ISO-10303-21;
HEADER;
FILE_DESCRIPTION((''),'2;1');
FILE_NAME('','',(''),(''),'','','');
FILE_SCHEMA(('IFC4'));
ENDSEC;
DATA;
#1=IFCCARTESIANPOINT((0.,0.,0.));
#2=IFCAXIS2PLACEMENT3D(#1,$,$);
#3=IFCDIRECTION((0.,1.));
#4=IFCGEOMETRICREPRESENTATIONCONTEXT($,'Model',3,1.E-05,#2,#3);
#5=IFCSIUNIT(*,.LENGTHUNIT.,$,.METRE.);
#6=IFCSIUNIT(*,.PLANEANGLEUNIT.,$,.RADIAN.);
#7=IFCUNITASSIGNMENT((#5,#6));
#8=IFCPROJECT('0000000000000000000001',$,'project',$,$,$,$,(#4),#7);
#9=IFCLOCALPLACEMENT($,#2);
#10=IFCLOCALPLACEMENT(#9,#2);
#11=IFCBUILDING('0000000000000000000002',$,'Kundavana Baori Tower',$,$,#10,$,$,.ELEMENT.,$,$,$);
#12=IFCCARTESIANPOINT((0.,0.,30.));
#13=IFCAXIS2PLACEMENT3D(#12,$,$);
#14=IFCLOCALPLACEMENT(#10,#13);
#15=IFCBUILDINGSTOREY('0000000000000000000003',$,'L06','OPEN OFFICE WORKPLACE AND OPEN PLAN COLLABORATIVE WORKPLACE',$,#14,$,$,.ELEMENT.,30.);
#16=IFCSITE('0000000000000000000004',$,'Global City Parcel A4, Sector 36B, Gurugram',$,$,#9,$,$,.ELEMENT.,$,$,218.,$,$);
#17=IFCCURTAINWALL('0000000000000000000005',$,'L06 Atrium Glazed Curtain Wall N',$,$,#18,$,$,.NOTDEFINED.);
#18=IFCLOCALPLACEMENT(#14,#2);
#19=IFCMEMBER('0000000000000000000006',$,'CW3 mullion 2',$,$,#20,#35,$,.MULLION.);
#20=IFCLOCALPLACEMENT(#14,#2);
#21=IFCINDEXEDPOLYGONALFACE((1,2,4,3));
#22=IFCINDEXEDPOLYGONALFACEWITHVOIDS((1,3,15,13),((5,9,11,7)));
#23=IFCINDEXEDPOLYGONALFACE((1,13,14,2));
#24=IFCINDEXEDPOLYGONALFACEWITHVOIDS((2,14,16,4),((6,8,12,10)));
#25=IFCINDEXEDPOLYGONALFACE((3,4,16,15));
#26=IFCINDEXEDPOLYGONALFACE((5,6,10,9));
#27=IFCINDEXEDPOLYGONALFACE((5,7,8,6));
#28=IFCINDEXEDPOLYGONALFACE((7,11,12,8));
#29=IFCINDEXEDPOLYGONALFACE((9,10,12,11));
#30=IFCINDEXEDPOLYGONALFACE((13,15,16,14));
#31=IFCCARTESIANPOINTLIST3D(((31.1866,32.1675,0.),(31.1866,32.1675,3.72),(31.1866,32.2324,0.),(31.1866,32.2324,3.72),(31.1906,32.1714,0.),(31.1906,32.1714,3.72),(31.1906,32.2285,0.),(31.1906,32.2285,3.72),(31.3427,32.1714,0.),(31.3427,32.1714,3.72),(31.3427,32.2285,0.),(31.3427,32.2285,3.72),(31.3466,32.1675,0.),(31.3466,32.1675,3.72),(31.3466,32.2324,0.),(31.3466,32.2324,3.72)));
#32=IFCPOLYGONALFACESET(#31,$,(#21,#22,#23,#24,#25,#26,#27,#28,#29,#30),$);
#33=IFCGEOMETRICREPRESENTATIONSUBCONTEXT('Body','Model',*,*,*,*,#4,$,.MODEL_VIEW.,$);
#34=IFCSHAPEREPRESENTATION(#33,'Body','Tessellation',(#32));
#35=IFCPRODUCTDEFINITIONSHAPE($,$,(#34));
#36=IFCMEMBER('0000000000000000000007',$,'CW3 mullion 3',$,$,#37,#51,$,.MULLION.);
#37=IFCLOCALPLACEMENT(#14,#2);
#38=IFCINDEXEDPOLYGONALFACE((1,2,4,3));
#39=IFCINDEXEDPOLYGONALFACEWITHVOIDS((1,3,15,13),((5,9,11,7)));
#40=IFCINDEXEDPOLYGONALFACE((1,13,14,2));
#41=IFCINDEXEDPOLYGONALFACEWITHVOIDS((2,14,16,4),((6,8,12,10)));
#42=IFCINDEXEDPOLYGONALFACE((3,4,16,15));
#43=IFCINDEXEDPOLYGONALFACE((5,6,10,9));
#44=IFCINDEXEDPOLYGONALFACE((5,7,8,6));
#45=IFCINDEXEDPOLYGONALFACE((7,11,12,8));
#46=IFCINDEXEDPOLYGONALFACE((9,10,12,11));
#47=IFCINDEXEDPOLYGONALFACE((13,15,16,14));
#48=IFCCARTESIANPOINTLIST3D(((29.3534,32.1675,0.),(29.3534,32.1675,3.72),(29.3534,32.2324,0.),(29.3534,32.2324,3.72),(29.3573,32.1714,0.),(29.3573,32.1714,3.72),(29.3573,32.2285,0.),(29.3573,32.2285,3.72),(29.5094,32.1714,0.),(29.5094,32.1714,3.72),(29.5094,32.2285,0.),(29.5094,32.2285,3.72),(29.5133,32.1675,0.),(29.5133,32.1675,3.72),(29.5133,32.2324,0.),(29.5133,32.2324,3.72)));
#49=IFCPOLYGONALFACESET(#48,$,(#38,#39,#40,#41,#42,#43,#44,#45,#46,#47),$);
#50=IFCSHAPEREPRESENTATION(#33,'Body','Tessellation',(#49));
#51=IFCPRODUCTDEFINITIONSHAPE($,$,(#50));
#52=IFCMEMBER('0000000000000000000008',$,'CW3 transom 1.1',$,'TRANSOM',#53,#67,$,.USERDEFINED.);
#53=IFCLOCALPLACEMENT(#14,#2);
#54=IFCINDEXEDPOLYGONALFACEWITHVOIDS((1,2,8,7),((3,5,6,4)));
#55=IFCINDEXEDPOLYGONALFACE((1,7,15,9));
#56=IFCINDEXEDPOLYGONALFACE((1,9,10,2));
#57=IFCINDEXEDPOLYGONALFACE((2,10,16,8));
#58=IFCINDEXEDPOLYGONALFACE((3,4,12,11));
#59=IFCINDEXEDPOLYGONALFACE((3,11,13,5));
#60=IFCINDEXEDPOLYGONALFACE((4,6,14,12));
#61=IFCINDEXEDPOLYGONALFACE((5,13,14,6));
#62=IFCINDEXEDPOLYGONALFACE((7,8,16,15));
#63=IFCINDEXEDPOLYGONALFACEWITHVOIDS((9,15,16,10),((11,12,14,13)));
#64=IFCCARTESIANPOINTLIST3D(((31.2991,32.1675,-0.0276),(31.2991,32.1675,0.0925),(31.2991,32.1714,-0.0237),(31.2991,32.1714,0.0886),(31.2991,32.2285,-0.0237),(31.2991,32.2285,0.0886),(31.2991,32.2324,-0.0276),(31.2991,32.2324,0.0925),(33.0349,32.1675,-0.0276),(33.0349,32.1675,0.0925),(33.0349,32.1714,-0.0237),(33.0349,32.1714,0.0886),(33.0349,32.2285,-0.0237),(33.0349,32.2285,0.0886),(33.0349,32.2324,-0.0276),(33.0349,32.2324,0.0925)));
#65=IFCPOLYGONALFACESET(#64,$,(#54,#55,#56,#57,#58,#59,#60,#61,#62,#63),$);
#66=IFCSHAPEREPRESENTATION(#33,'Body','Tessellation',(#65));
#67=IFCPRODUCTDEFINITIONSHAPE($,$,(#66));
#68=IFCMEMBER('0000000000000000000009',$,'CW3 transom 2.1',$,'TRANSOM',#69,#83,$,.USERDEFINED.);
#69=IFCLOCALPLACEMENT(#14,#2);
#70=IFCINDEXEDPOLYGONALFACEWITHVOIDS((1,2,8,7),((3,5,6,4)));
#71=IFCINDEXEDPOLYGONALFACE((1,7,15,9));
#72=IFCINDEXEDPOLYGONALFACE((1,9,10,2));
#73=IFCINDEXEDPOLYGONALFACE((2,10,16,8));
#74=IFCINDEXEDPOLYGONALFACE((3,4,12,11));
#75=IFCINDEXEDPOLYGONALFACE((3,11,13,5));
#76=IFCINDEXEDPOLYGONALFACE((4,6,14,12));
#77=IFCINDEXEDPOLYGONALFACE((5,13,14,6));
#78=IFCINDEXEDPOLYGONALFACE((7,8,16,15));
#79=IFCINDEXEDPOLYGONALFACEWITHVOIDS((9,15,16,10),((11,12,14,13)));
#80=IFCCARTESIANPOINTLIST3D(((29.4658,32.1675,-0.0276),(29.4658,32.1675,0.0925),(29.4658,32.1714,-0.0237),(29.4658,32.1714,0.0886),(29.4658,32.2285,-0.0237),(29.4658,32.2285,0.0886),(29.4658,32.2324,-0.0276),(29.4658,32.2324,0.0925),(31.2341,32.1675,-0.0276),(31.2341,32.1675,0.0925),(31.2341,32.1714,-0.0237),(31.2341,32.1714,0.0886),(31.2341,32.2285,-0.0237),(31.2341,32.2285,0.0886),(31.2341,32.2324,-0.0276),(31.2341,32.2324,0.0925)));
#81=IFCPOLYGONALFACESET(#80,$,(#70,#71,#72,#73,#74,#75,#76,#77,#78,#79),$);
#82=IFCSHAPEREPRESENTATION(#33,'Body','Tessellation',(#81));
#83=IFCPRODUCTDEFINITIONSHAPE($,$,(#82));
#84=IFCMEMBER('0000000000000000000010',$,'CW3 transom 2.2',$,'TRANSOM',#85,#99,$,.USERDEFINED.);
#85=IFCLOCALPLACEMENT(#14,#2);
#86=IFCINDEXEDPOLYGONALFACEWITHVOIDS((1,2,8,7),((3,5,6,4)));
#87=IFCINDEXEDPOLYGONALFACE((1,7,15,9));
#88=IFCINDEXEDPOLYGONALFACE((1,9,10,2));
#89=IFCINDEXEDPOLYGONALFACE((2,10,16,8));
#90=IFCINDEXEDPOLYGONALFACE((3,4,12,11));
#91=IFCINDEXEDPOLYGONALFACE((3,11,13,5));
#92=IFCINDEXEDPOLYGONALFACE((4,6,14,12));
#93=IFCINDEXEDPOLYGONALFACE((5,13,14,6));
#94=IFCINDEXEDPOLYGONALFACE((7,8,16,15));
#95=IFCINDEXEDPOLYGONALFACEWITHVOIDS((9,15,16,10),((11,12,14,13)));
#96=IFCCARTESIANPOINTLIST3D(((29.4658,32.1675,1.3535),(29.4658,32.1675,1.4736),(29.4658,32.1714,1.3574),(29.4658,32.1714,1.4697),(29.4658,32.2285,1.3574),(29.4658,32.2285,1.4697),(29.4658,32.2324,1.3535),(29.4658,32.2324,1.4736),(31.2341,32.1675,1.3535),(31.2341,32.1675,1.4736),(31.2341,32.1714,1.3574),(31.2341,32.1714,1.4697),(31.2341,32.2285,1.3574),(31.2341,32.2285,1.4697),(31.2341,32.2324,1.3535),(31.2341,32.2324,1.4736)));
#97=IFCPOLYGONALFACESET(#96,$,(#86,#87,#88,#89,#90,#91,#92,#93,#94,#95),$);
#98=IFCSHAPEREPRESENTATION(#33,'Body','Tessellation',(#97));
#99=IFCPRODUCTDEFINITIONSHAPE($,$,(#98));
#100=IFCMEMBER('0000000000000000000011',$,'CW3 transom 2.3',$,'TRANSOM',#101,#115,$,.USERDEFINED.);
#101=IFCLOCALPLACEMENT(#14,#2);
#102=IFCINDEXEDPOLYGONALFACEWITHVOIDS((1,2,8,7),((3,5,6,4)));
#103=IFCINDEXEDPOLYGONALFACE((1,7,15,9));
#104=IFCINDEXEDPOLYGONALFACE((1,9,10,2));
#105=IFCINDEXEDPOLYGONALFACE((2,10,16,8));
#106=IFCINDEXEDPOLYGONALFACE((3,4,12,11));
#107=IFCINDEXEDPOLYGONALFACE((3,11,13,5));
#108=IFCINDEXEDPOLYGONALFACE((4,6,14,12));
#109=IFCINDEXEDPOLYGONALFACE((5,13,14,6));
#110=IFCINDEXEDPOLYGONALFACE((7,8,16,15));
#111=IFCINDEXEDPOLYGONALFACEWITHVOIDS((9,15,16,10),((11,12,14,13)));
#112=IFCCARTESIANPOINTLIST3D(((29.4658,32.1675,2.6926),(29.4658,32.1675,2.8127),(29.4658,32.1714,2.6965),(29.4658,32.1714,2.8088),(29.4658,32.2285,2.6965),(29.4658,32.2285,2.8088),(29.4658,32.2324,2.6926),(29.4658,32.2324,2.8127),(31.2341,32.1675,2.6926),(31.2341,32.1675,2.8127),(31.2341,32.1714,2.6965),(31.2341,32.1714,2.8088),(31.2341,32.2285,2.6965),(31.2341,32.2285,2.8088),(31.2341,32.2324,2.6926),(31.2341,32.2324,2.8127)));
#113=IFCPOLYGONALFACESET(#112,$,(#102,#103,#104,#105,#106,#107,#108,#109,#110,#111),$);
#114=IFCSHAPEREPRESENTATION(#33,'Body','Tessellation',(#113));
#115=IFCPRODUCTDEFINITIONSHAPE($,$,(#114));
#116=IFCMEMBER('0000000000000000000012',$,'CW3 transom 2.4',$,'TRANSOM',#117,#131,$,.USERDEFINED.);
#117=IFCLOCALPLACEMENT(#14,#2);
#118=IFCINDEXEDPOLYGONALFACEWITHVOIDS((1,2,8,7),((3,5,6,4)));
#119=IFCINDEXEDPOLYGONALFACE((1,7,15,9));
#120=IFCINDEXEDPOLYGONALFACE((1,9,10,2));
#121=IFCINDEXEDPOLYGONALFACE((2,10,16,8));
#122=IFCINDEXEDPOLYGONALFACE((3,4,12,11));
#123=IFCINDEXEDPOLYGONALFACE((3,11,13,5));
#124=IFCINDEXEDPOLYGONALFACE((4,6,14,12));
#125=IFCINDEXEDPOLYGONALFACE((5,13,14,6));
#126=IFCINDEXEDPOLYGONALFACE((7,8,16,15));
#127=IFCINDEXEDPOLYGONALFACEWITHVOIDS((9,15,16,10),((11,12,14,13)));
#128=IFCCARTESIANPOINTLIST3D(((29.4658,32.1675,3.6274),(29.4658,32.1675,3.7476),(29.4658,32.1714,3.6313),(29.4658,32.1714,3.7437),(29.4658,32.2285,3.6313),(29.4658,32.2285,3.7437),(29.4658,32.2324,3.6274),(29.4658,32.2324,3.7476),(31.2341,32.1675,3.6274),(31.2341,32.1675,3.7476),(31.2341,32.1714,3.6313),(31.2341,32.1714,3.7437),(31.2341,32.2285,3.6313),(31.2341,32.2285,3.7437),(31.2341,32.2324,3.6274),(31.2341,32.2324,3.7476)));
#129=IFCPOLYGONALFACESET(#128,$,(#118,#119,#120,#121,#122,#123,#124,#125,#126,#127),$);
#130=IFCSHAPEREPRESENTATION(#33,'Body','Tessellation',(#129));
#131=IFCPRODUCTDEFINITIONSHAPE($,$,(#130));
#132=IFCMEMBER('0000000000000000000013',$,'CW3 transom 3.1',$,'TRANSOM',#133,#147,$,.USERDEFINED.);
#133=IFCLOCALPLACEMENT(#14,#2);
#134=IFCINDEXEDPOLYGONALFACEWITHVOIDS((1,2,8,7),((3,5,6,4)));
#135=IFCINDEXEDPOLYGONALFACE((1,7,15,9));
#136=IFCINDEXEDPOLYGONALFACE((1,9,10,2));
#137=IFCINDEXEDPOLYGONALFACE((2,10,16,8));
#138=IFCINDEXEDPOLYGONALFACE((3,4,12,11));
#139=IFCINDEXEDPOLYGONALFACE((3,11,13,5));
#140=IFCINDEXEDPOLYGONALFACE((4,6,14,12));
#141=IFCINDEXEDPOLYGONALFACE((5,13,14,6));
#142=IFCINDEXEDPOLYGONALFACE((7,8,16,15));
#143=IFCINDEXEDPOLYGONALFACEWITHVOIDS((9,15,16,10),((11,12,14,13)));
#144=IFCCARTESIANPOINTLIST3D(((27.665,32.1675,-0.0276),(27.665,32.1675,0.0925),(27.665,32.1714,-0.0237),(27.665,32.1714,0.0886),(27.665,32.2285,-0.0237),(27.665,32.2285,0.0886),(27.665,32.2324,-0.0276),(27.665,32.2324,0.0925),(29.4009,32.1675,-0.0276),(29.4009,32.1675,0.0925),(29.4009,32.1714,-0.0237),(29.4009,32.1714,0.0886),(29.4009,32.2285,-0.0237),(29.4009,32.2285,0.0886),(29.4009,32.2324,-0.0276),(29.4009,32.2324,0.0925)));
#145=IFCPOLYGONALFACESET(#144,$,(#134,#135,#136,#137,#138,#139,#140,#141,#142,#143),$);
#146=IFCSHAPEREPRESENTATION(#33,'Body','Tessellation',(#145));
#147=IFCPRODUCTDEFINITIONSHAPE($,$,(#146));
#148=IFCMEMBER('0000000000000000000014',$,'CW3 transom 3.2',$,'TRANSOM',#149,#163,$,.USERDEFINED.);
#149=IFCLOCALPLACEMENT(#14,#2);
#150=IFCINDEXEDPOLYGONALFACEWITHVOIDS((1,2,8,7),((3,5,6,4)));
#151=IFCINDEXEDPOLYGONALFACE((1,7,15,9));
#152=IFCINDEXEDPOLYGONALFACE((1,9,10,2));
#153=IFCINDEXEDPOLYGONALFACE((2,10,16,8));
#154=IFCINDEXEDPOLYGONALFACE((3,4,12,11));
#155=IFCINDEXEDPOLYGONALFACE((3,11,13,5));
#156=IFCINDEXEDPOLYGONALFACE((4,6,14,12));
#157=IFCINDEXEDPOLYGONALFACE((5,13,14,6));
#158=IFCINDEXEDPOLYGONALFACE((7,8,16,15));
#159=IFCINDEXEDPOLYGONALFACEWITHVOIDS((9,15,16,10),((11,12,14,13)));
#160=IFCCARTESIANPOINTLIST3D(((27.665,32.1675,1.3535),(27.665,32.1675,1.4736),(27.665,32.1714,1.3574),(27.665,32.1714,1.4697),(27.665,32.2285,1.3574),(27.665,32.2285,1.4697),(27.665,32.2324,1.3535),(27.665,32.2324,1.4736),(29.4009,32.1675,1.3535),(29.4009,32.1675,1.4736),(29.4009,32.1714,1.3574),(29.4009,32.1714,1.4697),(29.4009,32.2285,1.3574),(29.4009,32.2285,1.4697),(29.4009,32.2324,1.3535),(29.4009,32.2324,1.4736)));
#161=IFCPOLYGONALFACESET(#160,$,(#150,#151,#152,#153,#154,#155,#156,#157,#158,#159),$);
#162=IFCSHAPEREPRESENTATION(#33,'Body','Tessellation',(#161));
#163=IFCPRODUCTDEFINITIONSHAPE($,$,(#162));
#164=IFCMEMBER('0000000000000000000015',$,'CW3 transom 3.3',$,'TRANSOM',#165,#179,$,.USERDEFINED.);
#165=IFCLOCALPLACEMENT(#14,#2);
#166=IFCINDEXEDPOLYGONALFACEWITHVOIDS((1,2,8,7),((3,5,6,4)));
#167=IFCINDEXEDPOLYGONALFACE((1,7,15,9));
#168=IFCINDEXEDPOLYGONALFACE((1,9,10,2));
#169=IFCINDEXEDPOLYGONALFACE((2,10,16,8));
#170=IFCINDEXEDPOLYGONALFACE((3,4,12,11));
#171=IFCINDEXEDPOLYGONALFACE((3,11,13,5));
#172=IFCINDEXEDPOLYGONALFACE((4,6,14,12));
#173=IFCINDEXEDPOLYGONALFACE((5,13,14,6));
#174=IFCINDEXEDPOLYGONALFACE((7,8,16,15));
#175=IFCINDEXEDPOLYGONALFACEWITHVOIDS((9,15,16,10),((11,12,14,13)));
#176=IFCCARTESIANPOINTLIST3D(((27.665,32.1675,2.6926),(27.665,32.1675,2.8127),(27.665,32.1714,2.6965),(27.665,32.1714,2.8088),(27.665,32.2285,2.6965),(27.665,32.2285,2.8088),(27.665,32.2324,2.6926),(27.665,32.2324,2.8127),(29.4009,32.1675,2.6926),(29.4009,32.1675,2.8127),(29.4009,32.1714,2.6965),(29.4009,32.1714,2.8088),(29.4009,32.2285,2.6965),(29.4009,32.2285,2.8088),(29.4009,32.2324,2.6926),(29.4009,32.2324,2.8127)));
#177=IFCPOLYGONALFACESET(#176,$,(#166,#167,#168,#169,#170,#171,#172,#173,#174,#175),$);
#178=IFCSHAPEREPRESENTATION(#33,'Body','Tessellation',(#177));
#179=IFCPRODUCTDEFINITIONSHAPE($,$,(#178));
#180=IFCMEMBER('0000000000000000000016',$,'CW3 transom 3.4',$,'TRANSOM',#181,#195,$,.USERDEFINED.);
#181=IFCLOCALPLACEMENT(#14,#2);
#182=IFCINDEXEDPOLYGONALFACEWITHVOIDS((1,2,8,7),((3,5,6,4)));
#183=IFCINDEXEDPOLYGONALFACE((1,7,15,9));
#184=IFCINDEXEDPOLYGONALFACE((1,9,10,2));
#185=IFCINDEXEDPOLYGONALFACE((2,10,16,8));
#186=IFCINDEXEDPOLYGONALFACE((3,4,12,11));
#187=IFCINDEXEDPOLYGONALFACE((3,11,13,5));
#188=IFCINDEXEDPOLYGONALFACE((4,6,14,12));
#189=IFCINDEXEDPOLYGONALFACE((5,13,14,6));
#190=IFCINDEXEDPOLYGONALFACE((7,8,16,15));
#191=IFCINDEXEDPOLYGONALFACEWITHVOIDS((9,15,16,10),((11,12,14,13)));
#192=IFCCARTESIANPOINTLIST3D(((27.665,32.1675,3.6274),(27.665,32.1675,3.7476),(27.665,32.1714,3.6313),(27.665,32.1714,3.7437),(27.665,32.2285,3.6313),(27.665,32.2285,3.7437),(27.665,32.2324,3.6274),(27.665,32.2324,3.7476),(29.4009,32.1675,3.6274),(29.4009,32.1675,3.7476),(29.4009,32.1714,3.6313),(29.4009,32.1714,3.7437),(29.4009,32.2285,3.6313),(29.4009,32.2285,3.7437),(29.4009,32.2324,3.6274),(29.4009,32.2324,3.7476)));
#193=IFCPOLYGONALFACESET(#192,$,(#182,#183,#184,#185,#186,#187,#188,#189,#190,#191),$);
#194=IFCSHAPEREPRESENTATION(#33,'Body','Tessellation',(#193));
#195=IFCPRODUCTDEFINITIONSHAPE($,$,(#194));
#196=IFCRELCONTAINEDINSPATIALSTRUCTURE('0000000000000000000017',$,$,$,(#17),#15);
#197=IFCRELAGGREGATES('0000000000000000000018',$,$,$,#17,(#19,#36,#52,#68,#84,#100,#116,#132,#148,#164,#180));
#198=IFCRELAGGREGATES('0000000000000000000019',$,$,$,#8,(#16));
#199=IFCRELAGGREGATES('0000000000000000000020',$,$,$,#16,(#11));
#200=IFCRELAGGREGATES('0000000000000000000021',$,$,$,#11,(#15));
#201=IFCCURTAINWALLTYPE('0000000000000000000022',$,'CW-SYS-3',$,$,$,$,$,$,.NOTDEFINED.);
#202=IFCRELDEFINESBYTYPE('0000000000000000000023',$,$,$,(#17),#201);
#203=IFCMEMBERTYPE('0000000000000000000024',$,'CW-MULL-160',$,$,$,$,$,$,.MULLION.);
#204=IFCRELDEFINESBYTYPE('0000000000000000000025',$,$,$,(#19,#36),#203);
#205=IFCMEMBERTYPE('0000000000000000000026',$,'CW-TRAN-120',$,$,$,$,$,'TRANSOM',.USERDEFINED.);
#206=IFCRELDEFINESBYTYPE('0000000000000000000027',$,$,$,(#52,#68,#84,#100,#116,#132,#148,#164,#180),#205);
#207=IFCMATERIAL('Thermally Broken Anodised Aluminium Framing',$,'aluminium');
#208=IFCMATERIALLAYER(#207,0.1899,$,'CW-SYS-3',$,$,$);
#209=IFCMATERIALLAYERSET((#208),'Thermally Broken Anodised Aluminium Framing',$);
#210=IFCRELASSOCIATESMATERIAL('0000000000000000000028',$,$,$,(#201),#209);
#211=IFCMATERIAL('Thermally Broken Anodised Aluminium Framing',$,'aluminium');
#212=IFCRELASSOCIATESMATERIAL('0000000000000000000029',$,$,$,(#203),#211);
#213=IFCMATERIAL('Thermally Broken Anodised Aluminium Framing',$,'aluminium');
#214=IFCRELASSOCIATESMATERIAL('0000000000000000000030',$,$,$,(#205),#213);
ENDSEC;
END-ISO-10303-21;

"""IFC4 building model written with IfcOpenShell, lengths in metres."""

from ifc_helpers import new_model, si_unit, direction, frame, origin, origin_2d, place, context, subcontext, project, spatial, hollow_rectangle, extrude, material, layer, layer_set, material_profile, profile_set, type_object, element, aggregate, save


model = new_model("IFC4")

# Units and contexts
model_context = context("Model", 3, precision=1e-05, world=origin(), true_north=direction((0.0, 1.0)))
body_context = subcontext(model_context, "Body", "Model", "MODEL_VIEW")
ifc_project = project(units=[si_unit("LENGTHUNIT", "METRE"), si_unit("PLANEANGLEUNIT", "RADIAN")], contexts=[model_context])

# Site, building, storey
site_placement = place(None, origin())
site = spatial("IfcSite", under=ifc_project, at=site_placement, Name="Global City Parcel A4, Sector 36B, Gurugram", CompositionType="ELEMENT", RefElevation=218.0)
building_placement = place(site_placement, origin())
building = spatial("IfcBuilding", under=site, at=building_placement, Name="Kundavana Baori Tower", CompositionType="ELEMENT")
storey_placement = place(building_placement, frame((0.0, 0.0, 30.0)))
storey = spatial("IfcBuildingStorey", under=building, at=storey_placement, Name="L06", Description="OPEN OFFICE WORKPLACE AND OPEN PLAN COLLABORATIVE WORKPLACE", CompositionType="ELEMENT", Elevation=30.0)

# Curtain wall, members
ifc_material_1 = material(Name="Thermally Broken Anodised Aluminium Framing", Category="aluminium")
ifc_layer_1 = layer(ifc_material_1, 0.1899, Name="CW-SYS-3")
ifc_layer_set_1 = layer_set([ifc_layer_1], Name="Thermally Broken Anodised Aluminium Framing")
curtain_wall_type = type_object("IfcCurtainWallType", Name="CW-SYS-3", PredefinedType="NOTDEFINED", material=ifc_layer_set_1)
curtain_wall_placement = place(storey_placement, origin())
curtain_wall = element("IfcCurtainWall", 1, at=curtain_wall_placement, inside=storey, type_object=curtain_wall_type, Name="L06 Atrium Glazed Curtain Wall N", PredefinedType="NOTDEFINED")
ifc_material_2 = material(Name="Thermally Broken Anodised Aluminium Framing", Category="aluminium")
ifc_material_profile_1 = material_profile(ifc_material_2, hollow_rectangle(XDim=0.0649, YDim=0.1599, WallThickness=0.0039, at=origin_2d()), Name="CW-MULL-160")
ifc_profile_set_1 = profile_set([ifc_material_profile_1], Name="Thermally Broken Anodised Aluminium Framing")
member_type_1 = type_object("IfcMemberType", Name="CW-MULL-160", PredefinedType="MULLION", material=ifc_profile_set_1)
member_1_placement = place(storey_placement, frame((31.2666, 32.2, 0.0), z_axis=(0.0, 0.0, 1.0), x_axis=(0.0, -1.0, 0.0)))
member_1 = element("IfcMember", 2, at=member_1_placement, type_object=member_type_1, Name="CW3 mullion 2", PredefinedType="MULLION", context=body_context, shape_type="SweptSolid", body=[
    extrude(hollow_rectangle(XDim=0.0649, YDim=0.1599, WallThickness=0.0039, at=origin_2d()), origin(), (0.0, 0.0, 1.0), 3.72),
])
member_2_placement = place(storey_placement, frame((29.4333, 32.2, 0.0), z_axis=(0.0, 0.0, 1.0), x_axis=(0.0, -1.0, 0.0)))
member_2 = element("IfcMember", 3, at=member_2_placement, type_object=member_type_1, Name="CW3 mullion 3", PredefinedType="MULLION", context=body_context, shape_type="SweptSolid", body=[
    extrude(hollow_rectangle(XDim=0.0649, YDim=0.1599, WallThickness=0.0039, at=origin_2d()), origin(), (0.0, 0.0, 1.0), 3.72),
])
ifc_material_3 = material(Name="Thermally Broken Anodised Aluminium Framing", Category="aluminium")
ifc_material_profile_2 = material_profile(ifc_material_3, hollow_rectangle(XDim=0.0649, YDim=0.1201, WallThickness=0.0039, at=origin_2d()), Name="CW-TRAN-120")
ifc_profile_set_2 = profile_set([ifc_material_profile_2], Name="Thermally Broken Anodised Aluminium Framing")
member_type_2 = type_object("IfcMemberType", Name="CW-TRAN-120", ElementType="TRANSOM", PredefinedType="USERDEFINED", material=ifc_profile_set_2)
member_3_placement = place(storey_placement, frame((33.0349, 32.2, 0.0325), z_axis=(-1.0, 0.0, 0.0), x_axis=(0.0, -1.0, 0.0)))
member_3 = element("IfcMember", 4, at=member_3_placement, type_object=member_type_2, Name="CW3 transom 1.1", ObjectType="TRANSOM", PredefinedType="USERDEFINED", context=body_context, shape_type="SweptSolid", body=[
    extrude(hollow_rectangle(XDim=0.0649, YDim=0.1201, WallThickness=0.0039, at=origin_2d()), origin(), (0.0, 0.0, 1.0), 1.7358),
])
member_4_placement = place(storey_placement, frame((31.2341, 32.2, 0.0325), z_axis=(-1.0, 0.0, 0.0), x_axis=(0.0, -1.0, 0.0)))
member_4 = element("IfcMember", 5, at=member_4_placement, type_object=member_type_2, Name="CW3 transom 2.1", ObjectType="TRANSOM", PredefinedType="USERDEFINED", context=body_context, shape_type="SweptSolid", body=[
    extrude(hollow_rectangle(XDim=0.0649, YDim=0.1201, WallThickness=0.0039, at=origin_2d()), origin(), (0.0, 0.0, 1.0), 1.7683),
])
member_5_placement = place(storey_placement, frame((31.2341, 32.2, 1.4136), z_axis=(-1.0, 0.0, 0.0), x_axis=(0.0, -1.0, 0.0)))
member_5 = element("IfcMember", 6, at=member_5_placement, type_object=member_type_2, Name="CW3 transom 2.2", ObjectType="TRANSOM", PredefinedType="USERDEFINED", context=body_context, shape_type="SweptSolid", body=[
    extrude(hollow_rectangle(XDim=0.0649, YDim=0.1201, WallThickness=0.0039, at=origin_2d()), origin(), (0.0, 0.0, 1.0), 1.7683),
])
member_6_placement = place(storey_placement, frame((31.2341, 32.2, 2.7527), z_axis=(-1.0, 0.0, 0.0), x_axis=(0.0, -1.0, 0.0)))
member_6 = element("IfcMember", 7, at=member_6_placement, type_object=member_type_2, Name="CW3 transom 2.3", ObjectType="TRANSOM", PredefinedType="USERDEFINED", context=body_context, shape_type="SweptSolid", body=[
    extrude(hollow_rectangle(XDim=0.0649, YDim=0.1201, WallThickness=0.0039, at=origin_2d()), origin(), (0.0, 0.0, 1.0), 1.7683),
])
member_7_placement = place(storey_placement, frame((31.2341, 32.2, 3.6875), z_axis=(-1.0, 0.0, 0.0), x_axis=(0.0, -1.0, 0.0)))
member_7 = element("IfcMember", 8, at=member_7_placement, type_object=member_type_2, Name="CW3 transom 2.4", ObjectType="TRANSOM", PredefinedType="USERDEFINED", context=body_context, shape_type="SweptSolid", body=[
    extrude(hollow_rectangle(XDim=0.0649, YDim=0.1201, WallThickness=0.0039, at=origin_2d()), origin(), (0.0, 0.0, 1.0), 1.7683),
])
member_8_placement = place(storey_placement, frame((29.4009, 32.2, 0.0325), z_axis=(-1.0, 0.0, 0.0), x_axis=(0.0, -1.0, 0.0)))
member_8 = element("IfcMember", 9, at=member_8_placement, type_object=member_type_2, Name="CW3 transom 3.1", ObjectType="TRANSOM", PredefinedType="USERDEFINED", context=body_context, shape_type="SweptSolid", body=[
    extrude(hollow_rectangle(XDim=0.0649, YDim=0.1201, WallThickness=0.0039, at=origin_2d()), origin(), (0.0, 0.0, 1.0), 1.7358),
])
member_9_placement = place(storey_placement, frame((29.4009, 32.2, 1.4136), z_axis=(-1.0, 0.0, 0.0), x_axis=(0.0, -1.0, 0.0)))
member_9 = element("IfcMember", 10, at=member_9_placement, type_object=member_type_2, Name="CW3 transom 3.2", ObjectType="TRANSOM", PredefinedType="USERDEFINED", context=body_context, shape_type="SweptSolid", body=[
    extrude(hollow_rectangle(XDim=0.0649, YDim=0.1201, WallThickness=0.0039, at=origin_2d()), origin(), (0.0, 0.0, 1.0), 1.7358),
])
member_10_placement = place(storey_placement, frame((29.4009, 32.2, 2.7527), z_axis=(-1.0, 0.0, 0.0), x_axis=(0.0, -1.0, 0.0)))
member_10 = element("IfcMember", 11, at=member_10_placement, type_object=member_type_2, Name="CW3 transom 3.3", ObjectType="TRANSOM", PredefinedType="USERDEFINED", context=body_context, shape_type="SweptSolid", body=[
    extrude(hollow_rectangle(XDim=0.0649, YDim=0.1201, WallThickness=0.0039, at=origin_2d()), origin(), (0.0, 0.0, 1.0), 1.7358),
])
member_11_placement = place(storey_placement, frame((29.4009, 32.2, 3.6875), z_axis=(-1.0, 0.0, 0.0), x_axis=(0.0, -1.0, 0.0)))
member_11 = element("IfcMember", 12, at=member_11_placement, type_object=member_type_2, Name="CW3 transom 3.4", ObjectType="TRANSOM", PredefinedType="USERDEFINED", context=body_context, shape_type="SweptSolid", body=[
    extrude(hollow_rectangle(XDim=0.0649, YDim=0.1201, WallThickness=0.0039, at=origin_2d()), origin(), (0.0, 0.0, 1.0), 1.7358),
])
aggregate(curtain_wall, [member_1, member_2, member_3, member_4, member_5, member_6, member_7, member_8, member_9, member_10, member_11])

save(model, "model.ifc")
